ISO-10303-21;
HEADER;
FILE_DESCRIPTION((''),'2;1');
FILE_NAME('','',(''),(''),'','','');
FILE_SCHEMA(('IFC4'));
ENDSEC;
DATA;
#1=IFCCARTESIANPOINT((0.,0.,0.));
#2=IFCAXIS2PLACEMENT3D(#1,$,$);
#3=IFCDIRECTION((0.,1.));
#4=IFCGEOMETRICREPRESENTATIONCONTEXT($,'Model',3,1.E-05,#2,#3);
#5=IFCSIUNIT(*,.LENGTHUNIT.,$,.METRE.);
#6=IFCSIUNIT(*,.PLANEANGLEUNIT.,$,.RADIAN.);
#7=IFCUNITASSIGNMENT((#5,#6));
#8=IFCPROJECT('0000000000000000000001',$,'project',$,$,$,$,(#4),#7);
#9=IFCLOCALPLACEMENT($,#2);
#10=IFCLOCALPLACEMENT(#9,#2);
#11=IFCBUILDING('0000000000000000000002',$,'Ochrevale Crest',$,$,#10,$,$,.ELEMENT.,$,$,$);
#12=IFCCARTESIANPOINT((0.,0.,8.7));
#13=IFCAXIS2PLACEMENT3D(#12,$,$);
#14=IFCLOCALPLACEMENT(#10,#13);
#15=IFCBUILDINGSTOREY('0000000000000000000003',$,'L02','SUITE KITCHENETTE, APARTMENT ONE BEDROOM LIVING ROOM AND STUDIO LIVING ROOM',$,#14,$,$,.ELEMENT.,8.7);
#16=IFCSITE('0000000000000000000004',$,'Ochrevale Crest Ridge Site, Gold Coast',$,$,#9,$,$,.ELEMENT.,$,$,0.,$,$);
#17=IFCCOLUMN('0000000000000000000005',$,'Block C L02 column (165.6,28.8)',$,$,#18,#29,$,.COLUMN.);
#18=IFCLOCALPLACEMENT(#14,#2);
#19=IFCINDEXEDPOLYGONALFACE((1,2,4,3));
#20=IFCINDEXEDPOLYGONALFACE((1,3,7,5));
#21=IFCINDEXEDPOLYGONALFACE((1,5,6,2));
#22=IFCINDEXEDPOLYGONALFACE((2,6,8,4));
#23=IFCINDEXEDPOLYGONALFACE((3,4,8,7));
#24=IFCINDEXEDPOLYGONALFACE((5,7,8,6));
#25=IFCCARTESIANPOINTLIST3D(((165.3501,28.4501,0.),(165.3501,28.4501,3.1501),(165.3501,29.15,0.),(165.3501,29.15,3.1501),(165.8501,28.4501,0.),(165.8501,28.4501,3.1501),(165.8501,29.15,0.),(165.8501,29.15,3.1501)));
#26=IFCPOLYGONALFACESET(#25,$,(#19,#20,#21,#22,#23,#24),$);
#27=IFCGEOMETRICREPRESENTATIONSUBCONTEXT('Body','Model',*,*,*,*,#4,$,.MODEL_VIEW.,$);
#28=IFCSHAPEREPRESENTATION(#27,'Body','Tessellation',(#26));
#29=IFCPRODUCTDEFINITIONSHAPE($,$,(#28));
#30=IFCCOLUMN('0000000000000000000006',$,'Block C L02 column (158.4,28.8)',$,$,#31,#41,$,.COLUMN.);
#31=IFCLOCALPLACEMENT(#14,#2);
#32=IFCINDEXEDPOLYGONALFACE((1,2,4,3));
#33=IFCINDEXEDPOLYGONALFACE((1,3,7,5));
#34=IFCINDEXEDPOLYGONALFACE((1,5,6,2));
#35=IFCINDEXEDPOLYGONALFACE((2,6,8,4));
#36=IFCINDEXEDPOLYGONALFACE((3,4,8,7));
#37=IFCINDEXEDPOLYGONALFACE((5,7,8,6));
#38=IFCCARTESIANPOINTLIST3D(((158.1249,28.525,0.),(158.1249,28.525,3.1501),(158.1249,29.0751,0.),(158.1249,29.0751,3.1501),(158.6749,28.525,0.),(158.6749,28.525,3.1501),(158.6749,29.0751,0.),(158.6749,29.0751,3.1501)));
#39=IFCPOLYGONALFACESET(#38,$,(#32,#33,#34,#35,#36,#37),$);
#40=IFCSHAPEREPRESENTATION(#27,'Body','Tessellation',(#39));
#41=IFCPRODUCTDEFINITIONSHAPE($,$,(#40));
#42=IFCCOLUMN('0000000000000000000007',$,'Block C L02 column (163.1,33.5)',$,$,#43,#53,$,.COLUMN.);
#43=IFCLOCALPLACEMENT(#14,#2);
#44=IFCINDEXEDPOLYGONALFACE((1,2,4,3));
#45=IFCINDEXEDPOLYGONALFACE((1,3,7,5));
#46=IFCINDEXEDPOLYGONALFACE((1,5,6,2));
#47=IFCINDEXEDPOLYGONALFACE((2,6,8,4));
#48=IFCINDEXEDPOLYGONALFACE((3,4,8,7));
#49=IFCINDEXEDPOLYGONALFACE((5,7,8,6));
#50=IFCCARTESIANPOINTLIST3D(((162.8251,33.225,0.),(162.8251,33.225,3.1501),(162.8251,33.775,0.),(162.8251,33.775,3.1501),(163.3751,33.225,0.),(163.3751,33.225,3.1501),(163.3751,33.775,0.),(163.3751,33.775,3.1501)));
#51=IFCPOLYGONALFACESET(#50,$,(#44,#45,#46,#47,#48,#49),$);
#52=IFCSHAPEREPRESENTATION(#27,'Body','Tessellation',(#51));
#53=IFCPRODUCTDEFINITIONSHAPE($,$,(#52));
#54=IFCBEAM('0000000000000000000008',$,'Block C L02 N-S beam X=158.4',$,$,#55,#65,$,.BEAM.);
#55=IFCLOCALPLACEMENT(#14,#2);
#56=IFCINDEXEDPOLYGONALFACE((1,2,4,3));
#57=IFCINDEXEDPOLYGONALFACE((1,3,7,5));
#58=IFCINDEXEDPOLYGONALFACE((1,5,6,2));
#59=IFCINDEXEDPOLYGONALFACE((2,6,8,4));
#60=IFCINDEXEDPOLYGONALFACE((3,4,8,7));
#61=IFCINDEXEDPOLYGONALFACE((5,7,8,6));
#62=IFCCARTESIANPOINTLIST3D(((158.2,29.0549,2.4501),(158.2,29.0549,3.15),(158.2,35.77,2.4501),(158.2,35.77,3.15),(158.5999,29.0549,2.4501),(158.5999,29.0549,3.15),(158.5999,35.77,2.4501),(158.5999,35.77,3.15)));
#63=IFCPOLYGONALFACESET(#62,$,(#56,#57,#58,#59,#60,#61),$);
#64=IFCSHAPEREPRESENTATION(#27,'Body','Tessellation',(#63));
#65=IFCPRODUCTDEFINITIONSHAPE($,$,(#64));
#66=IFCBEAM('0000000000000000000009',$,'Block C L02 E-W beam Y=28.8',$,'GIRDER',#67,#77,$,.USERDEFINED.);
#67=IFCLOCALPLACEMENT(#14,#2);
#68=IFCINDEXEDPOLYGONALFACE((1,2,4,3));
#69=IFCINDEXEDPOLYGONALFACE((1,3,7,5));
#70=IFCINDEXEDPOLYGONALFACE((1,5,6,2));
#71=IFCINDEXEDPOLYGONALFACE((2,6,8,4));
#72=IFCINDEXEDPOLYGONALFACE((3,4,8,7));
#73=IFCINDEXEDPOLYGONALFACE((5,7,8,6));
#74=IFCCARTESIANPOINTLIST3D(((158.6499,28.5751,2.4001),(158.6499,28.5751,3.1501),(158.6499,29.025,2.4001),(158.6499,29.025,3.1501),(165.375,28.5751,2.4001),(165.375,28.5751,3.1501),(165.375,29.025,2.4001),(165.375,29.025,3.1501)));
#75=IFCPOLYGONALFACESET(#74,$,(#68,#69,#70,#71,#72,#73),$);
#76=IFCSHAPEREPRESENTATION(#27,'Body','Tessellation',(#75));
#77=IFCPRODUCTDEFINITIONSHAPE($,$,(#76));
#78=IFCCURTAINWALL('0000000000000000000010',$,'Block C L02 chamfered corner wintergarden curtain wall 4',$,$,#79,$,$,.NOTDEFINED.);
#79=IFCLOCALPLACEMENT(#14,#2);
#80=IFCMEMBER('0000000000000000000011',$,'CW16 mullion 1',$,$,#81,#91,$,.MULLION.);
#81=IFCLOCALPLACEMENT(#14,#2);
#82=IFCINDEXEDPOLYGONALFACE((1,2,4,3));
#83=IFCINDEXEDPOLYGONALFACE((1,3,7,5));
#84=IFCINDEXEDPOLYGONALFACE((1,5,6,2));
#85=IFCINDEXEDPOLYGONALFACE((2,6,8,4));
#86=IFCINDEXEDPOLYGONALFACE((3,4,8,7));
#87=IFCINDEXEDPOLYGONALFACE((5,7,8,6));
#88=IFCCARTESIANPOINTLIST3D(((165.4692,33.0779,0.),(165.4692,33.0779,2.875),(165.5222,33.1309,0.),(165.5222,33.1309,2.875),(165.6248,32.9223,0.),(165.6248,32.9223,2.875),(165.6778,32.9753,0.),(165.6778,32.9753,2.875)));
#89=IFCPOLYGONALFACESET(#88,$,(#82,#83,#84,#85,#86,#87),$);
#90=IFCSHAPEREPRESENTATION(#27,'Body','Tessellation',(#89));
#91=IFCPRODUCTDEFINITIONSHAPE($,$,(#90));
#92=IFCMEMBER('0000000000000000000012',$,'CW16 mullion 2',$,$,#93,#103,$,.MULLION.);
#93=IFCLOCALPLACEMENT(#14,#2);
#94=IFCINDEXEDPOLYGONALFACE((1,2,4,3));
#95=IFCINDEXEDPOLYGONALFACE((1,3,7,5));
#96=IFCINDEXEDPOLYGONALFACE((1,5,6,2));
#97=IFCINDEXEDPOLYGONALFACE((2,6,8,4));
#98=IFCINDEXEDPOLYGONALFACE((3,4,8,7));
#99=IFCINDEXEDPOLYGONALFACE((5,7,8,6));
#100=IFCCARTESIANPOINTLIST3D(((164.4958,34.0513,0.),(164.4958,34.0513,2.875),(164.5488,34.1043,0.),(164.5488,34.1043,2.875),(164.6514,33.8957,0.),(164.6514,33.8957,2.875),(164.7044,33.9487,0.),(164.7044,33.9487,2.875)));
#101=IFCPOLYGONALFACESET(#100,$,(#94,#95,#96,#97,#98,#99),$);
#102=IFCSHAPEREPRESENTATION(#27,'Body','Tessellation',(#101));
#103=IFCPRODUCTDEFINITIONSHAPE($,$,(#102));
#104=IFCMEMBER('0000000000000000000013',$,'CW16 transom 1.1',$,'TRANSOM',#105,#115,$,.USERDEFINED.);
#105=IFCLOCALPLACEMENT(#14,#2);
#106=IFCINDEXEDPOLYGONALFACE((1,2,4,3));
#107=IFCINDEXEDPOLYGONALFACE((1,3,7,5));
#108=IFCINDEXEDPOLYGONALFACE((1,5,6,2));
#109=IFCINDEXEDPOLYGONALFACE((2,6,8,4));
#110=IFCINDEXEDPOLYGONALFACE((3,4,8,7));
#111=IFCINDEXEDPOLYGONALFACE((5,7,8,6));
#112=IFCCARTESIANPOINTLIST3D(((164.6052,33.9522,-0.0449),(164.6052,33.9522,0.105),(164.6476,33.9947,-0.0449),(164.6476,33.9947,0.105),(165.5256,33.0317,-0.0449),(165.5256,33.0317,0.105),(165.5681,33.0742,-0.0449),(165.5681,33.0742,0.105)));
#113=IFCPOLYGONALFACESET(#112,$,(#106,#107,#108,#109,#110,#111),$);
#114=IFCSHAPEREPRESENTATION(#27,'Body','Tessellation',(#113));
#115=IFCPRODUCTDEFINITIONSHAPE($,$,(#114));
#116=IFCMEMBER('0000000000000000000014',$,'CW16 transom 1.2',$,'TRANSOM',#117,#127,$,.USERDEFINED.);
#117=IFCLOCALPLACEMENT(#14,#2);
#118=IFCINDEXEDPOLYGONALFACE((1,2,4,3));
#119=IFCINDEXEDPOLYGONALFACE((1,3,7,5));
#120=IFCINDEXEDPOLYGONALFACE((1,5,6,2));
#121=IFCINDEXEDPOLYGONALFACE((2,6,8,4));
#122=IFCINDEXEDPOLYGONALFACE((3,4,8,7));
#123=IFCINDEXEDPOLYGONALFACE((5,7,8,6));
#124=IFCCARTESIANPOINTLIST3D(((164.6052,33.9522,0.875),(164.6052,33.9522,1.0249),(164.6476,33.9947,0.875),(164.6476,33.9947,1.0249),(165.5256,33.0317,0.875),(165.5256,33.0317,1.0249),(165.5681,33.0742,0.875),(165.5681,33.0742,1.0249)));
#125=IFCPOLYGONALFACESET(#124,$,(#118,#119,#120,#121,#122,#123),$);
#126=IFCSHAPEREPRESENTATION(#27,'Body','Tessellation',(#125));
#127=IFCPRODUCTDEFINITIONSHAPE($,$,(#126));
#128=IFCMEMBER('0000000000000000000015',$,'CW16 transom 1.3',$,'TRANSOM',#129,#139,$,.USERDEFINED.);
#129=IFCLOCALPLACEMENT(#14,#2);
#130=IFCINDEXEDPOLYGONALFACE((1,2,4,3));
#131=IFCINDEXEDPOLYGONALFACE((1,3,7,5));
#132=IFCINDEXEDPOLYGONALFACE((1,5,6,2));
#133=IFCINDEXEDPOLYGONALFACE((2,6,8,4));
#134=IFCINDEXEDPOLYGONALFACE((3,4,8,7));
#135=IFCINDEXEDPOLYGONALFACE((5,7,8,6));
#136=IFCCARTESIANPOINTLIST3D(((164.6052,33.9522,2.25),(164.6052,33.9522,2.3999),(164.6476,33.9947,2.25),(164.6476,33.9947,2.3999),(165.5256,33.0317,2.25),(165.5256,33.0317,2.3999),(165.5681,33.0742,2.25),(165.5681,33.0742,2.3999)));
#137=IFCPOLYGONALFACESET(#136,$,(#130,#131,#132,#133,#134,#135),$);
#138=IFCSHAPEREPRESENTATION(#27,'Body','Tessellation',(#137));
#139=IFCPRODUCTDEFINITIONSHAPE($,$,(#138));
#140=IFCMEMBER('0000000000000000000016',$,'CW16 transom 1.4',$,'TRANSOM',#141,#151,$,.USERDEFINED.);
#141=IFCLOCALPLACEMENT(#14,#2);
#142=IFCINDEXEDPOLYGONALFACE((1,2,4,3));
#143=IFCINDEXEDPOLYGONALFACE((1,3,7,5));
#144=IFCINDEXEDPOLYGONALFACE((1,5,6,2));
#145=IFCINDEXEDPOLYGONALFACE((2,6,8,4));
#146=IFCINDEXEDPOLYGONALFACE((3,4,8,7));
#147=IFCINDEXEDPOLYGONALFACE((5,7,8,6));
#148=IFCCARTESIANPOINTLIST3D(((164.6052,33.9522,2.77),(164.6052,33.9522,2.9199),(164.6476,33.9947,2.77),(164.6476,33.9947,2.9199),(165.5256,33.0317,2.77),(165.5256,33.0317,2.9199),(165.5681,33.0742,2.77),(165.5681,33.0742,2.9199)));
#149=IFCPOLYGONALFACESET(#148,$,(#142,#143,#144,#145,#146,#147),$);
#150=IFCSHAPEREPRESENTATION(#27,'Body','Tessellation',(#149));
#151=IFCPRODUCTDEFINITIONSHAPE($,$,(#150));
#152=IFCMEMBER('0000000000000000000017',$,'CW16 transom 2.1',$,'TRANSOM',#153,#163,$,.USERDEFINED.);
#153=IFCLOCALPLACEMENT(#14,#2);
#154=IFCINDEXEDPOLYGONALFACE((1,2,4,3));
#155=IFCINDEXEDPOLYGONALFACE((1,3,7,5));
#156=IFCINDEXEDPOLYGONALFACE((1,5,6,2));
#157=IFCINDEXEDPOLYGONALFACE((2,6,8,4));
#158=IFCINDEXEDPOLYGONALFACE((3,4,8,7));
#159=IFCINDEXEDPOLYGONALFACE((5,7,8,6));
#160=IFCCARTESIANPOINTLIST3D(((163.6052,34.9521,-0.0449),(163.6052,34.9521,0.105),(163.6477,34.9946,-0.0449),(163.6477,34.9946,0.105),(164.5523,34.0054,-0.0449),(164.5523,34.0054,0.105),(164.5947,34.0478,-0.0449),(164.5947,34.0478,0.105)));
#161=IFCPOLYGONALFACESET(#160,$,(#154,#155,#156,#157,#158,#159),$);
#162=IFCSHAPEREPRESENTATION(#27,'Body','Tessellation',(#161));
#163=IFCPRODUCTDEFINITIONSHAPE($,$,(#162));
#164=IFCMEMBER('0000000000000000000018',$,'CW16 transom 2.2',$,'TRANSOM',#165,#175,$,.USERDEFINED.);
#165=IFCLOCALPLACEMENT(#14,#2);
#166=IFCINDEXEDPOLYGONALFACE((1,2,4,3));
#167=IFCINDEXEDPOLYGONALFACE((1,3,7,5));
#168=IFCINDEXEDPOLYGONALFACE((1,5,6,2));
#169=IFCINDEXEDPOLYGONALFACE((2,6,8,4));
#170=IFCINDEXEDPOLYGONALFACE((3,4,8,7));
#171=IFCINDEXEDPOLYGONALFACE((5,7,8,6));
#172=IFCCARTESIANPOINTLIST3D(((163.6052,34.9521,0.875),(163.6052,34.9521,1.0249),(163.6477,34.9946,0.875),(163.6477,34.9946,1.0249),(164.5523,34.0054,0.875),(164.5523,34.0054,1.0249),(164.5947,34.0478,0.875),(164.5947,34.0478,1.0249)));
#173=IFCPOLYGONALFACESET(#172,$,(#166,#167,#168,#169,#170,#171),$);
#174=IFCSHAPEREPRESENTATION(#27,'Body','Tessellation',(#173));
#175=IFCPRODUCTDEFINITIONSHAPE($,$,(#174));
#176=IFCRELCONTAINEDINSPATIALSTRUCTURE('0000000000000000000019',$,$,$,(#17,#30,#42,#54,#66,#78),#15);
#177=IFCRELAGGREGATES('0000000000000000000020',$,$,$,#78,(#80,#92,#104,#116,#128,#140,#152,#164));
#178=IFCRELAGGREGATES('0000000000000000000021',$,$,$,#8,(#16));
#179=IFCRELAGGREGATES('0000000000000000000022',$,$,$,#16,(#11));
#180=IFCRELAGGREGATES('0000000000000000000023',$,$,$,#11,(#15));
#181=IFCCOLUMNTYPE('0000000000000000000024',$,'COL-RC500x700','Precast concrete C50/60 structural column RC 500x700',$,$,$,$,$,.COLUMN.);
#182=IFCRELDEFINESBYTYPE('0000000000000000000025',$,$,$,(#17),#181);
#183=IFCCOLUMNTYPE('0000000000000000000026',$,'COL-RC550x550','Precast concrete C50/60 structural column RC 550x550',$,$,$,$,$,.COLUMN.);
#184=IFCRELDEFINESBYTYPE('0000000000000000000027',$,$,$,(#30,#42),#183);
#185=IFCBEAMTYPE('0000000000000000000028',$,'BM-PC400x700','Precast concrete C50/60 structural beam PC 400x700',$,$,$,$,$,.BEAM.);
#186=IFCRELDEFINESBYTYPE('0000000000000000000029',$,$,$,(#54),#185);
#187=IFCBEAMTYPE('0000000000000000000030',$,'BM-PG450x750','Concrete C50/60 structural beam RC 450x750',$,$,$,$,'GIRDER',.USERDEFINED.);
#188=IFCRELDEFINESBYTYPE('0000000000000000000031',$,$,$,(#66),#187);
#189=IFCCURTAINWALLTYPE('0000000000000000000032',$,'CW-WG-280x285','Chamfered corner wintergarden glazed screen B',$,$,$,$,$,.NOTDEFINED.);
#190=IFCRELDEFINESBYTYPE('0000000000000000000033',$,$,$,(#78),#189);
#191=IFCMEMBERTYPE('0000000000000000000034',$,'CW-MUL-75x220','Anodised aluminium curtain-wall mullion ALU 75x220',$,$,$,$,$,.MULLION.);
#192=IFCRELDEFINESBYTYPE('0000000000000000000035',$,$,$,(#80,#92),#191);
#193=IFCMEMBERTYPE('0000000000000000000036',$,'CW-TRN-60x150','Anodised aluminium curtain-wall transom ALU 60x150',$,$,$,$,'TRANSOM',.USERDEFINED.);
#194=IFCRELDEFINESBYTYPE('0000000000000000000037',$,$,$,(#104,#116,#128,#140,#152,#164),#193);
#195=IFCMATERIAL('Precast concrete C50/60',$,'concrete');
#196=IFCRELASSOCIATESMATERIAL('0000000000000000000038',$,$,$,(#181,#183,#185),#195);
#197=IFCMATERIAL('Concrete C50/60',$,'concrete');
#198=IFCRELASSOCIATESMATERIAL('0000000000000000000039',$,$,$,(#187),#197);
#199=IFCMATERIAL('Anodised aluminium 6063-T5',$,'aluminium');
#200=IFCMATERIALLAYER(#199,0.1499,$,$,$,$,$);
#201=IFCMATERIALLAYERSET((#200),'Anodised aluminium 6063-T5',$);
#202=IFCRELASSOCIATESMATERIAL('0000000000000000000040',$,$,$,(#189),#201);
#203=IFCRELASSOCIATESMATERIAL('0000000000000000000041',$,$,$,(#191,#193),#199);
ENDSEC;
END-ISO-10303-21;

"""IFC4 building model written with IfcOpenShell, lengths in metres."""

from ifc_helpers import new_model, si_unit, direction, frame, origin, origin_2d, place, context, subcontext, project, spatial, rectangle, extrude, material, layer, layer_set, material_profile, profile_set, type_object, element, aggregate, save


model = new_model("IFC4")

# Units and contexts
model_context = context("Model", 3, precision=1e-05, world=origin(), true_north=direction((0.0, 1.0)))
body_context = subcontext(model_context, "Body", "Model", "MODEL_VIEW")
ifc_project = project(units=[si_unit("LENGTHUNIT", "METRE"), si_unit("PLANEANGLEUNIT", "RADIAN")], contexts=[model_context])

# Site, building, storey
site_placement = place(None, origin())
site = spatial("IfcSite", under=ifc_project, at=site_placement, Name="Ochrevale Crest Ridge Site, Gold Coast", CompositionType="ELEMENT", RefElevation=0.0)
building_placement = place(site_placement, origin())
building = spatial("IfcBuilding", under=site, at=building_placement, Name="Ochrevale Crest", CompositionType="ELEMENT")
storey_placement = place(building_placement, frame((0.0, 0.0, 8.7)))
storey = spatial("IfcBuildingStorey", under=building, at=storey_placement, Name="L02", Description="SUITE KITCHENETTE, APARTMENT ONE BEDROOM LIVING ROOM AND STUDIO LIVING ROOM", CompositionType="ELEMENT", Elevation=8.7)

# Columns
ifc_material_1 = material(Name="Precast concrete C50/60", Category="concrete")
ifc_material_profile_1 = material_profile(ifc_material_1, rectangle(XDim=0.5, YDim=0.7, at=origin_2d()), Name="RC 500x700")
ifc_profile_set_1 = profile_set([ifc_material_profile_1], Name="Precast concrete C50/60")
column_type_1 = type_object("IfcColumnType", Name="COL-RC500x700", Description="Precast concrete C50/60 structural column RC 500x700", PredefinedType="COLUMN", material=ifc_profile_set_1)
column_placement = place(storey_placement, frame((165.6001, 28.8, 0.0), z_axis=(0.0, 0.0, 1.0), x_axis=(1.0, 0.0, 0.0)))
element("IfcColumn", 1, at=column_placement, inside=storey, type_object=column_type_1, Name="Block C L02 column (165.6,28.8)", PredefinedType="COLUMN", context=body_context, shape_type="SweptSolid", body=[
    extrude(rectangle(XDim=0.5, YDim=0.7, at=origin_2d()), origin(), (0.0, 0.0, 1.0), 3.1501),
])
ifc_material_profile_2 = material_profile(ifc_material_1, rectangle(XDim=0.55, YDim=0.55, at=origin_2d()), Name="RC 550x550")
ifc_profile_set_2 = profile_set([ifc_material_profile_2], Name="Precast concrete C50/60")
column_type_2 = type_object("IfcColumnType", Name="COL-RC550x550", Description="Precast concrete C50/60 structural column RC 550x550", PredefinedType="COLUMN", material=ifc_profile_set_2)
for number, where, z_axis, x_axis, name in (
    (2, (158.3999, 28.8, 0.0), (0.0, 0.0, 1.0), (1.0, 0.0, 0.0), "Block C L02 column (158.4,28.8)"),
    (3, (163.1001, 33.5, 0.0), (0.0, 0.0, 1.0), (1.0, 0.0, 0.0), "Block C L02 column (163.1,33.5)"),
):
    element("IfcColumn", number, at=place(storey_placement, frame(where, z_axis=z_axis, x_axis=x_axis)), inside=storey, type_object=column_type_2, Name=name, PredefinedType="COLUMN", context=body_context, shape_type="SweptSolid", body=[
        extrude(rectangle(XDim=0.55, YDim=0.55, at=origin_2d()), origin(), (0.0, 0.0, 1.0), 3.1501),
    ])

# Beams
ifc_material_profile_3 = material_profile(ifc_material_1, rectangle(XDim=0.3999, YDim=0.7, at=origin_2d()), Name="PC 400x700")
ifc_profile_set_3 = profile_set([ifc_material_profile_3], Name="Precast concrete C50/60")
beam_type_1 = type_object("IfcBeamType", Name="BM-PC400x700", Description="Precast concrete C50/60 structural beam PC 400x700", PredefinedType="BEAM", material=ifc_profile_set_3)
beam_1_placement = place(storey_placement, frame((158.3999, 29.0549, 2.8), z_axis=(0.0, 1.0, 0.0), x_axis=(-1.0, 0.0, 0.0)))
element("IfcBeam", 4, at=beam_1_placement, inside=storey, type_object=beam_type_1, Name="Block C L02 N-S beam X=158.4", PredefinedType="BEAM", context=body_context, shape_type="SweptSolid", body=[
    extrude(rectangle(XDim=0.3999, YDim=0.7, at=origin_2d()), origin(), (0.0, 0.0, 1.0), 6.7151),
])
ifc_material_2 = material(Name="Concrete C50/60", Category="concrete")
ifc_material_profile_4 = material_profile(ifc_material_2, rectangle(XDim=0.45, YDim=0.75, at=origin_2d()), Name="RC 450x750")
ifc_profile_set_4 = profile_set([ifc_material_profile_4], Name="Concrete C50/60")
beam_type_2 = type_object("IfcBeamType", Name="BM-PG450x750", Description="Concrete C50/60 structural beam RC 450x750", ElementType="GIRDER", PredefinedType="USERDEFINED", material=ifc_profile_set_4)
beam_2_placement = place(storey_placement, frame((158.6499, 28.8, 2.7751), z_axis=(1.0, 0.0, 0.0), x_axis=(0.0, 1.0, 0.0)))
element("IfcBeam", 5, at=beam_2_placement, inside=storey, type_object=beam_type_2, Name="Block C L02 E-W beam Y=28.8", ObjectType="GIRDER", PredefinedType="USERDEFINED", context=body_context, shape_type="SweptSolid", body=[
    extrude(rectangle(XDim=0.45, YDim=0.75, at=origin_2d()), origin(), (0.0, 0.0, 1.0), 6.7251),
])

# Curtain wall, members
ifc_material_3 = material(Name="Anodised aluminium 6063-T5", Category="aluminium")
ifc_layer_1 = layer(ifc_material_3, 0.1499)
ifc_layer_set_1 = layer_set([ifc_layer_1], Name="Anodised aluminium 6063-T5")
curtain_wall_type = type_object("IfcCurtainWallType", Name="CW-WG-280x285", Description="Chamfered corner wintergarden glazed screen B", PredefinedType="NOTDEFINED", material=ifc_layer_set_1)
curtain_wall_placement = place(storey_placement, origin())
curtain_wall = element("IfcCurtainWall", 6, at=curtain_wall_placement, inside=storey, type_object=curtain_wall_type, Name="Block C L02 chamfered corner wintergarden curtain wall 4", PredefinedType="NOTDEFINED")
ifc_material_profile_5 = material_profile(ifc_material_3, rectangle(XDim=0.075, YDim=0.22, at=origin_2d()), Name="ALU 75x220")
ifc_profile_set_5 = profile_set([ifc_material_profile_5], Name="Anodised aluminium 6063-T5")
member_type_1 = type_object("IfcMemberType", Name="CW-MUL-75x220", Description="Anodised aluminium curtain-wall mullion ALU 75x220", PredefinedType="MULLION", material=ifc_profile_set_5)
member_1_placement = place(storey_placement, frame((165.5735, 33.0266, 0.0), z_axis=(0.0, 0.0, 1.0), x_axis=(-0.707107, -0.707107, 0.0)))
member_1 = element("IfcMember", 7, at=member_1_placement, type_object=member_type_1, Name="CW16 mullion 1", PredefinedType="MULLION", context=body_context, shape_type="SweptSolid", body=[
    extrude(rectangle(XDim=0.075, YDim=0.22, at=origin_2d()), origin(), (0.0, 0.0, 1.0), 2.875),
])
member_2_placement = place(storey_placement, frame((164.6001, 34.0, 0.0), z_axis=(0.0, 0.0, 1.0), x_axis=(-0.707107, -0.707107, 0.0)))
member_2 = element("IfcMember", 8, at=member_2_placement, type_object=member_type_1, Name="CW16 mullion 2", PredefinedType="MULLION", context=body_context, shape_type="SweptSolid", body=[
    extrude(rectangle(XDim=0.075, YDim=0.22, at=origin_2d()), origin(), (0.0, 0.0, 1.0), 2.875),
])
ifc_material_profile_6 = material_profile(ifc_material_3, rectangle(XDim=0.0601, YDim=0.1499, at=origin_2d()), Name="ALU 60x150")
ifc_profile_set_6 = profile_set([ifc_material_profile_6], Name="Anodised aluminium 6063-T5")
member_type_2 = type_object("IfcMemberType", Name="CW-TRN-60x150", Description="Anodised aluminium curtain-wall transom ALU 60x150", ElementType="TRANSOM", PredefinedType="USERDEFINED", material=ifc_profile_set_6)
member_3_placement = place(storey_placement, frame((165.5469, 33.053, 0.03), z_axis=(-0.707107, 0.707107, 0.0), x_axis=(-0.707107, -0.707107, 0.0)))
member_3 = element("IfcMember", 9, at=member_3_placement, type_object=member_type_2, Name="CW16 transom 1.1", ObjectType="TRANSOM", PredefinedType="USERDEFINED", context=body_context, shape_type="SweptSolid", body=[
    extrude(rectangle(XDim=0.0601, YDim=0.1499, at=origin_2d()), origin(), (0.0, 0.0, 1.0), 1.3018),
])
member_4_placement = place(storey_placement, frame((165.5469, 33.053, 0.95), z_axis=(-0.707107, 0.707107, 0.0), x_axis=(-0.707107, -0.707107, 0.0)))
member_4 = element("IfcMember", 10, at=member_4_placement, type_object=member_type_2, Name="CW16 transom 1.2", ObjectType="TRANSOM", PredefinedType="USERDEFINED", context=body_context, shape_type="SweptSolid", body=[
    extrude(rectangle(XDim=0.0601, YDim=0.1499, at=origin_2d()), origin(), (0.0, 0.0, 1.0), 1.3018),
])
member_5_placement = place(storey_placement, frame((165.5469, 33.053, 2.325), z_axis=(-0.707107, 0.707107, 0.0), x_axis=(-0.707107, -0.707107, 0.0)))
member_5 = element("IfcMember", 11, at=member_5_placement, type_object=member_type_2, Name="CW16 transom 1.3", ObjectType="TRANSOM", PredefinedType="USERDEFINED", context=body_context, shape_type="SweptSolid", body=[
    extrude(rectangle(XDim=0.0601, YDim=0.1499, at=origin_2d()), origin(), (0.0, 0.0, 1.0), 1.3018),
])
member_6_placement = place(storey_placement, frame((165.5469, 33.053, 2.845), z_axis=(-0.707107, 0.707107, 0.0), x_axis=(-0.707107, -0.707107, 0.0)))
member_6 = element("IfcMember", 12, at=member_6_placement, type_object=member_type_2, Name="CW16 transom 1.4", ObjectType="TRANSOM", PredefinedType="USERDEFINED", context=body_context, shape_type="SweptSolid", body=[
    extrude(rectangle(XDim=0.0601, YDim=0.1499, at=origin_2d()), origin(), (0.0, 0.0, 1.0), 1.3018),
])
member_7_placement = place(storey_placement, frame((164.5735, 34.0266, 0.03), z_axis=(-0.707198, 0.707016, 0.0), x_axis=(-0.707016, -0.707198, 0.0)))
member_7 = element("IfcMember", 13, at=member_7_placement, type_object=member_type_2, Name="CW16 transom 2.1", ObjectType="TRANSOM", PredefinedType="USERDEFINED", context=body_context, shape_type="SweptSolid", body=[
    extrude(rectangle(XDim=0.0601, YDim=0.1499, at=origin_2d()), origin(), (0.0, 0.0, 1.0), 1.3391),
])
member_8_placement = place(storey_placement, frame((164.5735, 34.0266, 0.95), z_axis=(-0.707198, 0.707016, 0.0), x_axis=(-0.707016, -0.707198, 0.0)))
member_8 = element("IfcMember", 14, at=member_8_placement, type_object=member_type_2, Name="CW16 transom 2.2", ObjectType="TRANSOM", PredefinedType="USERDEFINED", context=body_context, shape_type="SweptSolid", body=[
    extrude(rectangle(XDim=0.0601, YDim=0.1499, at=origin_2d()), origin(), (0.0, 0.0, 1.0), 1.3391),
])
aggregate(curtain_wall, [member_1, member_2, member_3, member_4, member_5, member_6, member_7, member_8])

save(model, "model.ifc")
